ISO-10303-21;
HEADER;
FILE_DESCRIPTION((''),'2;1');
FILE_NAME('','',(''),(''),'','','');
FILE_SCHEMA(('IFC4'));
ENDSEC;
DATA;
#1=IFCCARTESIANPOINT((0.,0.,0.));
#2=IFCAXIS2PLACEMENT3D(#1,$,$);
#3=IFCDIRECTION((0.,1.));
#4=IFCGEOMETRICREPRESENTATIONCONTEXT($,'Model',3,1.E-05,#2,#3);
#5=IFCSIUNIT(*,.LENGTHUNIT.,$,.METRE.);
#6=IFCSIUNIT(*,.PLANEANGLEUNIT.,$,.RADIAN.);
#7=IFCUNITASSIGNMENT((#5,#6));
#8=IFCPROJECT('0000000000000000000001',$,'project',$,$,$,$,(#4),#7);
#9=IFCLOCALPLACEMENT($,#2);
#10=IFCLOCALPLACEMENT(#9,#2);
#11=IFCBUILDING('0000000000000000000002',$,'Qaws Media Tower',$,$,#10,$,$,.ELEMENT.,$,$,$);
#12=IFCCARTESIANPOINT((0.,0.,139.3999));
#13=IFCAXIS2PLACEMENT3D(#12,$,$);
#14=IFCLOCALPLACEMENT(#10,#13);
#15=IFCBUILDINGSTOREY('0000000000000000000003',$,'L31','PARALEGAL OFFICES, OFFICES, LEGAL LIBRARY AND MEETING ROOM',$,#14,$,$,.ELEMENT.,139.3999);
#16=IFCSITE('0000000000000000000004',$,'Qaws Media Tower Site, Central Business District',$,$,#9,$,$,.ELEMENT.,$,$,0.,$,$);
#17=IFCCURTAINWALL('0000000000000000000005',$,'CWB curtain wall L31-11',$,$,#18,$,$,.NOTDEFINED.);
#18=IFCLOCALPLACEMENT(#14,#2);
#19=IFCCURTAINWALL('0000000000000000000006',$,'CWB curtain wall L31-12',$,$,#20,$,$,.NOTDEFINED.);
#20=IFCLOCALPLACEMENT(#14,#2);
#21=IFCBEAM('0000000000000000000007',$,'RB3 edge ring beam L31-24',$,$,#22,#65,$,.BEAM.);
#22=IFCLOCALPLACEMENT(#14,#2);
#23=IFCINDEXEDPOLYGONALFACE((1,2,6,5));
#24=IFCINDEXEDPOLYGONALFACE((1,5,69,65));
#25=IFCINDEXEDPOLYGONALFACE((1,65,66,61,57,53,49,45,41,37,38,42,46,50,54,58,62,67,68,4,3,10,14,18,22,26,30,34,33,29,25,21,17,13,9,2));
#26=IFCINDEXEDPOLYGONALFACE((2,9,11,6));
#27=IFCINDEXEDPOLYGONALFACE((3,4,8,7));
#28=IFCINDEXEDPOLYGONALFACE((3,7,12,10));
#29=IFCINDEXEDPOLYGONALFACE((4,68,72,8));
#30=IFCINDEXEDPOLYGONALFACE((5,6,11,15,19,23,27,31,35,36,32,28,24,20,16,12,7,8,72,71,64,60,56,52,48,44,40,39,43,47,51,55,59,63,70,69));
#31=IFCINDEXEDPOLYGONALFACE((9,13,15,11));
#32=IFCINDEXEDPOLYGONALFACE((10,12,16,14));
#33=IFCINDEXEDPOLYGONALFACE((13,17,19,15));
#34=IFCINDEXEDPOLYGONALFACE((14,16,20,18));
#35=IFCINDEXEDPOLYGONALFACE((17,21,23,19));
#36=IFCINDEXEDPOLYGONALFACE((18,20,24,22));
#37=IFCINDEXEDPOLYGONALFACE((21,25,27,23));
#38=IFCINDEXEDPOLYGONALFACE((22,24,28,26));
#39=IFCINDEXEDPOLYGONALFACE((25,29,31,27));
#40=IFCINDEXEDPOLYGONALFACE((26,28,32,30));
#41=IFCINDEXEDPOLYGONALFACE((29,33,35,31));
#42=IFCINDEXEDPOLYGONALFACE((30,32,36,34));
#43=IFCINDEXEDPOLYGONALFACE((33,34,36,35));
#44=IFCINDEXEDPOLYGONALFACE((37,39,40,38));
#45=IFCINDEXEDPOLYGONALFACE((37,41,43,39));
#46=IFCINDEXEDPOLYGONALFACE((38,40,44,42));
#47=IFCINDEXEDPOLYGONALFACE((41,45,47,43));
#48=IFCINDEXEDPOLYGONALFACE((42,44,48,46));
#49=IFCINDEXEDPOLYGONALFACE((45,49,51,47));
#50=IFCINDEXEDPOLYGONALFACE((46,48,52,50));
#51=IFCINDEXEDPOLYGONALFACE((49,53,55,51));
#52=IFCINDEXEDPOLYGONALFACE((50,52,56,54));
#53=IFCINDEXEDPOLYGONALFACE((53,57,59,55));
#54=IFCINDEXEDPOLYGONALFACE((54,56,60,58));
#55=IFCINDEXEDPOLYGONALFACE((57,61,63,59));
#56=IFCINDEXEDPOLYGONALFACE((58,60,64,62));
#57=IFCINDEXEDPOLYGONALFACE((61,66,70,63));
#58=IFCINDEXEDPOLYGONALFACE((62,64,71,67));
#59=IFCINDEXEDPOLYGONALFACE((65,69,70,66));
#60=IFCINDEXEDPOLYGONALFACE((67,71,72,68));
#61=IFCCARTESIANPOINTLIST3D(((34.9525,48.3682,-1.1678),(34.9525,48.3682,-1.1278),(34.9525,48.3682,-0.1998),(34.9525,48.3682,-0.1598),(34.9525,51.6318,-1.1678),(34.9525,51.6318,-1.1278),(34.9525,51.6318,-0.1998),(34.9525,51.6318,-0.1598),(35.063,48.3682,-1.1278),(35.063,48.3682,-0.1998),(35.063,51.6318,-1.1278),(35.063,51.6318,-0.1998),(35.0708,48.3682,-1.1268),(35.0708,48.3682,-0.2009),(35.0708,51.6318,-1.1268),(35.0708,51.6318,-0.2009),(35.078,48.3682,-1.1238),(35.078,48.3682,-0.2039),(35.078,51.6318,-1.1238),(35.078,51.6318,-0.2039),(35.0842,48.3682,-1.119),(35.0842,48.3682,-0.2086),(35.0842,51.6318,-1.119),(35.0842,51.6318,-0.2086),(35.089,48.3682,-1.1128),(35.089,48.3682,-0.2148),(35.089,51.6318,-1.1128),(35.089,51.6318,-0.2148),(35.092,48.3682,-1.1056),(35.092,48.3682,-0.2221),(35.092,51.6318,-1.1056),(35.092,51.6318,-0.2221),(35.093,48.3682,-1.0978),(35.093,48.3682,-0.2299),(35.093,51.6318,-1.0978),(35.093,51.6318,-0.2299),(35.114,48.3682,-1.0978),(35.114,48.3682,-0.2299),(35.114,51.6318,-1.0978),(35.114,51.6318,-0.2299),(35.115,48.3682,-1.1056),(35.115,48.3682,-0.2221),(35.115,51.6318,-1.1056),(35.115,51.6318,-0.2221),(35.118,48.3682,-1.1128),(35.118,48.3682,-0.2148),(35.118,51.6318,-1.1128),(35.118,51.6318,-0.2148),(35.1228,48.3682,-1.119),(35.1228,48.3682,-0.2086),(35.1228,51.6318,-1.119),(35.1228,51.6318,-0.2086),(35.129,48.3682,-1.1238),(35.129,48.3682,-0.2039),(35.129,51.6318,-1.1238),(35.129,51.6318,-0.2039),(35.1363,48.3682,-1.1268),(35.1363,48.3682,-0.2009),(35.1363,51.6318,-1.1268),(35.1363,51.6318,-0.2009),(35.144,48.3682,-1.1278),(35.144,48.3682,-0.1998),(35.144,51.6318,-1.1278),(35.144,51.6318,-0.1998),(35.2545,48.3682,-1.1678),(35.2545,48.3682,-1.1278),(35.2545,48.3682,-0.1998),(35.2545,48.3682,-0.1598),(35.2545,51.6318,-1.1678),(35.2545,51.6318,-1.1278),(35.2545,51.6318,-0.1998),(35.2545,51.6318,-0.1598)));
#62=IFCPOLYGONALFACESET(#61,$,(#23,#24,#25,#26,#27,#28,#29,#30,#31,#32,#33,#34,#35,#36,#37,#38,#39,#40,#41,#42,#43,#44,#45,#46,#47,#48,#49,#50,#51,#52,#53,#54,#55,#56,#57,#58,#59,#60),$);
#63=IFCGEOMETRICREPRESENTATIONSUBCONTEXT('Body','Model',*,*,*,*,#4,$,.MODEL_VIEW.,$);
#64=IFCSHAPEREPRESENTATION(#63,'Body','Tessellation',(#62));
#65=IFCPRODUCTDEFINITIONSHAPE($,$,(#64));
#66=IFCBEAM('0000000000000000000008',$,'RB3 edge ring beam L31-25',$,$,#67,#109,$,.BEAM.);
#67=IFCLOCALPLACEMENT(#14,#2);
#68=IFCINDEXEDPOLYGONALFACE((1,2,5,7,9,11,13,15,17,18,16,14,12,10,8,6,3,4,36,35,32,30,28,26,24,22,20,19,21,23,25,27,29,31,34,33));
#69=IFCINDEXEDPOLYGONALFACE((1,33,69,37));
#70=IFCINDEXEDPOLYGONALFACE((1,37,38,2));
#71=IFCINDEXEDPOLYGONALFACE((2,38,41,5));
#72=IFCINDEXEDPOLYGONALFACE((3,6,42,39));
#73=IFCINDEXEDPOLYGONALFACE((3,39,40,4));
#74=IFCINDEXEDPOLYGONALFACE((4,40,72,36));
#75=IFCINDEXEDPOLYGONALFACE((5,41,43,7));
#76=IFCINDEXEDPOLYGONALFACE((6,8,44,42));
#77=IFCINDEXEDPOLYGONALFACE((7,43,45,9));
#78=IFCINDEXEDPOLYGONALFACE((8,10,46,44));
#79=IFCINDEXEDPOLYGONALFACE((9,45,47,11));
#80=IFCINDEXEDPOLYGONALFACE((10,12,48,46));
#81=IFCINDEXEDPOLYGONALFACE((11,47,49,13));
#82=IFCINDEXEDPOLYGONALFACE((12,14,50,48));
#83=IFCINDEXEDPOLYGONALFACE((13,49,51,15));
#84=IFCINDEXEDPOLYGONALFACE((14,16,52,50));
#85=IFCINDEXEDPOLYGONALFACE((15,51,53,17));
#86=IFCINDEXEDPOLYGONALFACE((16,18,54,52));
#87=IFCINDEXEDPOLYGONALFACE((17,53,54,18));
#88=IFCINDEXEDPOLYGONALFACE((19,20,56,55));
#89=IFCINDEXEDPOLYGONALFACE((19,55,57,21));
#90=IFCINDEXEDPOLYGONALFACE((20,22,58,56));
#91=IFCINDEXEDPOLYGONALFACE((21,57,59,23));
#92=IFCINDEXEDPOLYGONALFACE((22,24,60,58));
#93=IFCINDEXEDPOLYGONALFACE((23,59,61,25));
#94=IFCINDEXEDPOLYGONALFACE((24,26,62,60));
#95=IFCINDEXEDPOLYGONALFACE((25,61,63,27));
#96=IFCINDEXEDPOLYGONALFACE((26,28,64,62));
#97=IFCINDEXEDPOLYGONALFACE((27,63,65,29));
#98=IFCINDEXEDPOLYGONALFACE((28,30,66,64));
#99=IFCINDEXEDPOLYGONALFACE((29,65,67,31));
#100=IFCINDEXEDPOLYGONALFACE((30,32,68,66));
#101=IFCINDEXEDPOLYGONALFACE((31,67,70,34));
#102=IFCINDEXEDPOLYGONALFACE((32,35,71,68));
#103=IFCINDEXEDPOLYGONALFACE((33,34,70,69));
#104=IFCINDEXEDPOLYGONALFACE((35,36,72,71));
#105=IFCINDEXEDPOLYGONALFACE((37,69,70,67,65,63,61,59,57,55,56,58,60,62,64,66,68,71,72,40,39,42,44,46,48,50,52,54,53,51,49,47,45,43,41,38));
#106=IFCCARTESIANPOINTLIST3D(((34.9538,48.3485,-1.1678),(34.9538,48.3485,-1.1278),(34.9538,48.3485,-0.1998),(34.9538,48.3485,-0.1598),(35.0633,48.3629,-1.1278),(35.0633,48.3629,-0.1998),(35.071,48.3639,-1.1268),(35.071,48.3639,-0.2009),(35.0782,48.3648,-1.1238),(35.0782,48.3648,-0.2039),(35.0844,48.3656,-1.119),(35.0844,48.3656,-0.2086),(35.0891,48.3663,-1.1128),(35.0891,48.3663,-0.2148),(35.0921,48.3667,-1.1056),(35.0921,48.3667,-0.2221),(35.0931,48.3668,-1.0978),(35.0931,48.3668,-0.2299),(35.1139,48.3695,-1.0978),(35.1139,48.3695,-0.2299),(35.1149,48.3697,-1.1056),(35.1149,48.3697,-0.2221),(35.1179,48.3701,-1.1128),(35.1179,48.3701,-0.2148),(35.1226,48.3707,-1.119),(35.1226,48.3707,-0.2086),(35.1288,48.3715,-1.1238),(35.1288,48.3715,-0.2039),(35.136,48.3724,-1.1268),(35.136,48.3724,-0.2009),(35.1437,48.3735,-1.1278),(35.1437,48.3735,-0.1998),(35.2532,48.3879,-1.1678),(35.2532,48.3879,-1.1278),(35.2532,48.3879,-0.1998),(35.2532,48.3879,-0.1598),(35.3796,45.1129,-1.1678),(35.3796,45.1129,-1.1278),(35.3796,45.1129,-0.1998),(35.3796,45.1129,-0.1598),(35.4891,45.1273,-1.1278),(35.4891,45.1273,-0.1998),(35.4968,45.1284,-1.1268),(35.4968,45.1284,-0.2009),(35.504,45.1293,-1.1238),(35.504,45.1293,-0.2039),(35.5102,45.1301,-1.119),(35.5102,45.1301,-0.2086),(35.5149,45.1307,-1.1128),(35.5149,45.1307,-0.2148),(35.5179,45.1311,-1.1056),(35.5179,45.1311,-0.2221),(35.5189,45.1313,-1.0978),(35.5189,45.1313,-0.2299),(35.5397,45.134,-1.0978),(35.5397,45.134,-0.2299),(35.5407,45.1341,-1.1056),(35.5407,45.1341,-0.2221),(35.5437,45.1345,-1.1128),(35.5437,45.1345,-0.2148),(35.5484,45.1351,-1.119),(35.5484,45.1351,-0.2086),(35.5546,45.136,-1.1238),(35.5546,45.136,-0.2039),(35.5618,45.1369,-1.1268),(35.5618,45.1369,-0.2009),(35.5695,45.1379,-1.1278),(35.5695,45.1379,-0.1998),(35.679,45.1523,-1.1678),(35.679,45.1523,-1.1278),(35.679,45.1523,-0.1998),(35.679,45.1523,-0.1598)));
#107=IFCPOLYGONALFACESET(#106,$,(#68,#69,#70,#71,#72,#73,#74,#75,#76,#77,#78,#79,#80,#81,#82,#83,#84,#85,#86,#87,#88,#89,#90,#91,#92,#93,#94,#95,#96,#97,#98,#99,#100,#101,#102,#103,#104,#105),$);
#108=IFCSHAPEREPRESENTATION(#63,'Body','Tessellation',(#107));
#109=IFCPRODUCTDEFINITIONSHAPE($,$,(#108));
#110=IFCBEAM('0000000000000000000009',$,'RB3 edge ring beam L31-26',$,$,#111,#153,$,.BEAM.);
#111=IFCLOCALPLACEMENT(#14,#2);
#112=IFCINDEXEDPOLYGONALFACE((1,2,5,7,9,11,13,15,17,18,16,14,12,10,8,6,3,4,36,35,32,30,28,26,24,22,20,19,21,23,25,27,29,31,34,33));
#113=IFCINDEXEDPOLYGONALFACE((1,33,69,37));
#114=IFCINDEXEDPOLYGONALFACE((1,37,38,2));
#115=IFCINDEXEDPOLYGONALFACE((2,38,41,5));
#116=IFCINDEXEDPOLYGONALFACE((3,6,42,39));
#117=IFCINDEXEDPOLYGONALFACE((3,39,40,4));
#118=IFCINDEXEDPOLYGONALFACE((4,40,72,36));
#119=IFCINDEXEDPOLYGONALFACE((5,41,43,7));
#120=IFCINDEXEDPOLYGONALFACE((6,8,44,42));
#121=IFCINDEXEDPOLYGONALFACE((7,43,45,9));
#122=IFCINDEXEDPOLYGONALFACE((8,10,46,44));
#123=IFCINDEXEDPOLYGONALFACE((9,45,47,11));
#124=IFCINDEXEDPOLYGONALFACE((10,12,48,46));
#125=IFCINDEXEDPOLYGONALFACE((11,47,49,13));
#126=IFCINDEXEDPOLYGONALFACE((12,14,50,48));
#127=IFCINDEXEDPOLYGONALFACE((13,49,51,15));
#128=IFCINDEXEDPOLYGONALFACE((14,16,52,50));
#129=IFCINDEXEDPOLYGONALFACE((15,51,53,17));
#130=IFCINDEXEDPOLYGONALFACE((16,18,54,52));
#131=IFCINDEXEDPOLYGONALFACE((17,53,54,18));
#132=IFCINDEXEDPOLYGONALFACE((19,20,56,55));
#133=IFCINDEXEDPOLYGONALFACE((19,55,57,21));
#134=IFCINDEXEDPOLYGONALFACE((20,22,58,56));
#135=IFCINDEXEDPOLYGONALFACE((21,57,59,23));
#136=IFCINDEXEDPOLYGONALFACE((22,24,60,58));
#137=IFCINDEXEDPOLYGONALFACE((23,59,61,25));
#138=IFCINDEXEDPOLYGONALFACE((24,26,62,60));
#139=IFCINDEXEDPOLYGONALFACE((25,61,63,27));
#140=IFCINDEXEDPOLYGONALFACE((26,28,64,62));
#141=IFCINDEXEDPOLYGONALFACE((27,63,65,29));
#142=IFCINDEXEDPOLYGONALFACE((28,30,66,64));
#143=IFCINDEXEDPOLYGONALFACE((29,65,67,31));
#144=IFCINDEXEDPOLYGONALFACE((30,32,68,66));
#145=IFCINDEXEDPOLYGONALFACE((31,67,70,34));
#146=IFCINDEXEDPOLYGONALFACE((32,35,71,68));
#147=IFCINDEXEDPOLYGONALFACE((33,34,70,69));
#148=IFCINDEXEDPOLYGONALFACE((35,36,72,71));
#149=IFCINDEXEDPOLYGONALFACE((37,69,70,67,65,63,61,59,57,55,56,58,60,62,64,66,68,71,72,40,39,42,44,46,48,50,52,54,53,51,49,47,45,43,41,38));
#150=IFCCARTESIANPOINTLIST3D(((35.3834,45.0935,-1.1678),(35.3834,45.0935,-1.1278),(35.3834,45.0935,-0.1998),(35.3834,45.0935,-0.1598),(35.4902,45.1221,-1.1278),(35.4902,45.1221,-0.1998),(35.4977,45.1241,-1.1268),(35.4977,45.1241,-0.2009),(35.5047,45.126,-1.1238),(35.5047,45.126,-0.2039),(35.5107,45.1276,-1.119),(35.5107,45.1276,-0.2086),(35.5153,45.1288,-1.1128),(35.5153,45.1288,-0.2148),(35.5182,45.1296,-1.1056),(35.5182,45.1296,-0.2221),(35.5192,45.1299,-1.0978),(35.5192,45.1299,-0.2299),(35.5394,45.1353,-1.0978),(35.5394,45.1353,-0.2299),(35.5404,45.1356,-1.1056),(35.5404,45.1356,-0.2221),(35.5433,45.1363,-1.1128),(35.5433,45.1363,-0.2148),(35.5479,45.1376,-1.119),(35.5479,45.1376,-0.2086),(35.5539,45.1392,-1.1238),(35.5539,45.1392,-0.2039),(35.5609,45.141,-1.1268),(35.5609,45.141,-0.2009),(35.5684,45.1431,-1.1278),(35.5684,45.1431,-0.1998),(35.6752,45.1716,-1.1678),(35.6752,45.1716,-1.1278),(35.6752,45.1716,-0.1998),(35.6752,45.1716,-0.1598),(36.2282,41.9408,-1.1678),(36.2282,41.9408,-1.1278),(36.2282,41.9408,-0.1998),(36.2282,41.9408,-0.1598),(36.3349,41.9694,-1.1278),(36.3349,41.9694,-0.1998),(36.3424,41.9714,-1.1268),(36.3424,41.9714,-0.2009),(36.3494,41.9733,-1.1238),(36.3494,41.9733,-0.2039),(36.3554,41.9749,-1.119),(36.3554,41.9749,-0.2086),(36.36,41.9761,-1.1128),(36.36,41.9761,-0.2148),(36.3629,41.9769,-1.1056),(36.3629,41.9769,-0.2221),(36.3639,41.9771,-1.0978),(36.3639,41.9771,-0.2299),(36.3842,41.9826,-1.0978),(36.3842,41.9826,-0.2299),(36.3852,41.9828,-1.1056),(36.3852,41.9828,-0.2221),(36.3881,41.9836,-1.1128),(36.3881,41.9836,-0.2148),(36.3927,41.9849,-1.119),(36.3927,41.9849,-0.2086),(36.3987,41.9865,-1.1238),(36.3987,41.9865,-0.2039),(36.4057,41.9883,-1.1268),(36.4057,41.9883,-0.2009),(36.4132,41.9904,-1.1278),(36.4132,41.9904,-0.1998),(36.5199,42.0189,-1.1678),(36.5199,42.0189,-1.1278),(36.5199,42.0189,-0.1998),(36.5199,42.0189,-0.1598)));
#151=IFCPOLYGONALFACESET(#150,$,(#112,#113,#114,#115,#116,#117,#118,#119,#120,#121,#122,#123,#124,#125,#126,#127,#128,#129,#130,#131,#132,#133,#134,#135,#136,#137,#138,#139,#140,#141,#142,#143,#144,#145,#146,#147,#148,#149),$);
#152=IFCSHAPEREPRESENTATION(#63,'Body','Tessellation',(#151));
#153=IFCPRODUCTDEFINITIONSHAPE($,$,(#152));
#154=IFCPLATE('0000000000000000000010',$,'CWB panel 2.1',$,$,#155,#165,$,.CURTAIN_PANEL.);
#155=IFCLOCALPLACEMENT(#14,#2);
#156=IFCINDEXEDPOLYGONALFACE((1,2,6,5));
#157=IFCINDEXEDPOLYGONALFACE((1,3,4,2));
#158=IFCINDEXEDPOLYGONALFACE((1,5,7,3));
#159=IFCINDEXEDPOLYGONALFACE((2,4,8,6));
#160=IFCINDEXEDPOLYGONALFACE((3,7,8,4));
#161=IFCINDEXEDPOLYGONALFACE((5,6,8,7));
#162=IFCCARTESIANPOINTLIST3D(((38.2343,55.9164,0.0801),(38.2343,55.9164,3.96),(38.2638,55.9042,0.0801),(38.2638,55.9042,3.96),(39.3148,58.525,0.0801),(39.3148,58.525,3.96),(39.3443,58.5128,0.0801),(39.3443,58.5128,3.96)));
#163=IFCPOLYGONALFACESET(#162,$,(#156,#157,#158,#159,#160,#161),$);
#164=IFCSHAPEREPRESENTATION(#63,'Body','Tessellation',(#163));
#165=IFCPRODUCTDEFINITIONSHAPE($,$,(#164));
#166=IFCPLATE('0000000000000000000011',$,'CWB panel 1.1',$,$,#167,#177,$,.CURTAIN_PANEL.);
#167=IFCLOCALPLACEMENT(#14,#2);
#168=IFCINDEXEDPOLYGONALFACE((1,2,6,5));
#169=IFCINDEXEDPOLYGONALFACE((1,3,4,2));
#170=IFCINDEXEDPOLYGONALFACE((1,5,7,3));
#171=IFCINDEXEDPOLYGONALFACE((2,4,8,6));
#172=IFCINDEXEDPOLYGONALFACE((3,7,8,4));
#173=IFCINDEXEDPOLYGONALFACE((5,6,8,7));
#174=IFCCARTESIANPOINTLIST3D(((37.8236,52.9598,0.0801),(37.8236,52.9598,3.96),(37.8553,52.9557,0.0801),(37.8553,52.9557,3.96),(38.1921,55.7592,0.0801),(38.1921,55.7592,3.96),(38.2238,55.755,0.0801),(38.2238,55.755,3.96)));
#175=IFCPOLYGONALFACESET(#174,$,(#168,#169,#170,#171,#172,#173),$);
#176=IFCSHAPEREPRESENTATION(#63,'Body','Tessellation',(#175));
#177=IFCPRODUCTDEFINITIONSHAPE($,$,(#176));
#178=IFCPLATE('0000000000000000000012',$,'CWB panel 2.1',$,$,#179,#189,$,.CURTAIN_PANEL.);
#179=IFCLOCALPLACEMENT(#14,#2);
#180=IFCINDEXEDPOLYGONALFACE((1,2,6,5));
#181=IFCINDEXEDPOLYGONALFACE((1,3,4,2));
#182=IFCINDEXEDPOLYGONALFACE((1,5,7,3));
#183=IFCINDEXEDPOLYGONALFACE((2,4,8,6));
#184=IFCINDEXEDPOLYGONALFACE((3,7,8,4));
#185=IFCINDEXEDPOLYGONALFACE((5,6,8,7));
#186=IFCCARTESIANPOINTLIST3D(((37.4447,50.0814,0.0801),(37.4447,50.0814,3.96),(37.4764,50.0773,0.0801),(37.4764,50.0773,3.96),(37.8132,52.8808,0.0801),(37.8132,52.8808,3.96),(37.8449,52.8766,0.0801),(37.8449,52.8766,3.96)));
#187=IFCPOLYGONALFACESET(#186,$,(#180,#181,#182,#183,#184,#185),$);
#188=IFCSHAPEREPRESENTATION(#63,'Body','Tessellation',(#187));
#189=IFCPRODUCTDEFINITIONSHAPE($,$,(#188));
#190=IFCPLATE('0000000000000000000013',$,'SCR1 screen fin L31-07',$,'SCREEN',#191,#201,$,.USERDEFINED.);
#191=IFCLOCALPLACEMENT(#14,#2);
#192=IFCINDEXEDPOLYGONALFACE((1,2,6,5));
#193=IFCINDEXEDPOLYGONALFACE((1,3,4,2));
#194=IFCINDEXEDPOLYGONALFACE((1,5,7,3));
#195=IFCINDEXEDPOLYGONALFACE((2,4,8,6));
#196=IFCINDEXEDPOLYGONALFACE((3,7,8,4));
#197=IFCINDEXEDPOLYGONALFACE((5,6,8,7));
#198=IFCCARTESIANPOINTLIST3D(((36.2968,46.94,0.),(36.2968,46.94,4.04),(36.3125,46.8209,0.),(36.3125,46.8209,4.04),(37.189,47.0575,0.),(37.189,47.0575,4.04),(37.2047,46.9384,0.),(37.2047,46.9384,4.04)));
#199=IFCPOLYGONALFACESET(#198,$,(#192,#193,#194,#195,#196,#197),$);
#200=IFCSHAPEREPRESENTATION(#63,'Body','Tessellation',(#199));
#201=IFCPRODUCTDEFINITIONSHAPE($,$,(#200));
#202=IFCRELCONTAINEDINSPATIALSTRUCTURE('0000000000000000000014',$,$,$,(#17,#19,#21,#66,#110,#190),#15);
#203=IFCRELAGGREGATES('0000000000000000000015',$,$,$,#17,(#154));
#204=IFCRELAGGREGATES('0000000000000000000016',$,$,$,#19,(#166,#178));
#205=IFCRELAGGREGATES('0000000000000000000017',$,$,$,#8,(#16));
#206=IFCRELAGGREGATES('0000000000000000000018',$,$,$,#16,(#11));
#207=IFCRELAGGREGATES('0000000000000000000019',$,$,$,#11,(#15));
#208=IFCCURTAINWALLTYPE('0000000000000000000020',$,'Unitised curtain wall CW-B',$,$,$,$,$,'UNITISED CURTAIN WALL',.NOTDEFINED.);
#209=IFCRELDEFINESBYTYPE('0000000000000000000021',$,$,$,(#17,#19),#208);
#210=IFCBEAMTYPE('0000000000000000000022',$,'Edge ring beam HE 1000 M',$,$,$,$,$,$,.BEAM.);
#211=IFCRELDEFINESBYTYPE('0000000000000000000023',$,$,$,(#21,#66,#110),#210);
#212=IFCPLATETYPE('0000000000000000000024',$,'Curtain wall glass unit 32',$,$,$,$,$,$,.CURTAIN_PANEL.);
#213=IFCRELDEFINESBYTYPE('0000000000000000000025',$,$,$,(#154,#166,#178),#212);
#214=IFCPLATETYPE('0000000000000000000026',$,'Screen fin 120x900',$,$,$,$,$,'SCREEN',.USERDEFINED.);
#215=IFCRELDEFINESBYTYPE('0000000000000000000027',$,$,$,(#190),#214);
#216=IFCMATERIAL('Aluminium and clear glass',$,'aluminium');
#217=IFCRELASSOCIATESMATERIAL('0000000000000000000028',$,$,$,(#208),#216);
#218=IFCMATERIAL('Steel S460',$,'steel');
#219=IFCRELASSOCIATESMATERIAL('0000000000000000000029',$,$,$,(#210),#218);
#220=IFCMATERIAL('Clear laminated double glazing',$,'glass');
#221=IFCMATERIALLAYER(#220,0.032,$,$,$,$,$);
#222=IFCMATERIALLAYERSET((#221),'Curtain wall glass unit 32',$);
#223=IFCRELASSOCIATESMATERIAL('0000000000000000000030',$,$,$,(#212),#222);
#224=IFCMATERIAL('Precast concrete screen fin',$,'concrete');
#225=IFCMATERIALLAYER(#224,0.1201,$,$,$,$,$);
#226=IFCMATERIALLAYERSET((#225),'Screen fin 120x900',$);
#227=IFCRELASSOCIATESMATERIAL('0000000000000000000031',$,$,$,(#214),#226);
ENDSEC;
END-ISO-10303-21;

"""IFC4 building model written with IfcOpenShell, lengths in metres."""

from ifc_helpers import new_model, si_unit, direction, frame, origin, origin_2d, place, context, subcontext, project, spatial, rectangle, i_section, extrude, material, layer, layer_set, material_profile, profile_set, type_object, element, aggregate, save


model = new_model("IFC4")

# Units and contexts
model_context = context("Model", 3, precision=1e-05, world=origin(), true_north=direction((0.0, 1.0)))
body_context = subcontext(model_context, "Body", "Model", "MODEL_VIEW")
ifc_project = project(units=[si_unit("LENGTHUNIT", "METRE"), si_unit("PLANEANGLEUNIT", "RADIAN")], contexts=[model_context])

# Site, building, storey
site_placement = place(None, origin())
site = spatial("IfcSite", under=ifc_project, at=site_placement, Name="Qaws Media Tower Site, Central Business District", CompositionType="ELEMENT", RefElevation=0.0)
building_placement = place(site_placement, origin())
building = spatial("IfcBuilding", under=site, at=building_placement, Name="Qaws Media Tower", CompositionType="ELEMENT")
storey_placement = place(building_placement, frame((0.0, 0.0, 139.3999)))
storey = spatial("IfcBuildingStorey", under=building, at=storey_placement, Name="L31", Description="PARALEGAL OFFICES, OFFICES, LEGAL LIBRARY AND MEETING ROOM", CompositionType="ELEMENT", Elevation=139.3999)

# Curtain walls
ifc_material_1 = material(Name="Aluminium and clear glass", Category="aluminium")
curtain_wall_type = type_object("IfcCurtainWallType", Name="Unitised curtain wall CW-B", ElementType="UNITISED CURTAIN WALL", PredefinedType="NOTDEFINED", material=ifc_material_1)
curtain_wall_1_placement = place(storey_placement, origin())
curtain_wall_1 = element("IfcCurtainWall", 1, at=curtain_wall_1_placement, inside=storey, type_object=curtain_wall_type, Name="CWB curtain wall L31-11", PredefinedType="NOTDEFINED")
curtain_wall_2_placement = place(storey_placement, origin())
curtain_wall_2 = element("IfcCurtainWall", 2, at=curtain_wall_2_placement, inside=storey, type_object=curtain_wall_type, Name="CWB curtain wall L31-12", PredefinedType="NOTDEFINED")

# Beams
ifc_material_2 = material(Name="Steel S460", Category="steel")
ifc_material_profile_1 = material_profile(ifc_material_2, i_section(OverallWidth=0.302, OverallDepth=1.0081, WebThickness=0.021, FlangeThickness=0.04, FilletRadius=0.03, at=origin_2d()), Name="HE 1000 M")
ifc_profile_set_1 = profile_set([ifc_material_profile_1], Name="Steel S460")
beam_type = type_object("IfcBeamType", Name="Edge ring beam HE 1000 M", PredefinedType="BEAM", material=ifc_profile_set_1)
beam_1_placement = place(storey_placement, frame((35.1035, 51.6318, -0.6638), z_axis=(0.0, -1.0, 0.0), x_axis=(1.0, 0.0, 0.0)))
element("IfcBeam", 3, at=beam_1_placement, inside=storey, type_object=beam_type, Name="RB3 edge ring beam L31-24", PredefinedType="BEAM", context=body_context, shape_type="SweptSolid", body=[
    extrude(i_section(OverallWidth=0.302, OverallDepth=1.0081, WebThickness=0.021, FlangeThickness=0.04, FilletRadius=0.03, at=origin_2d()), origin(), (0.0, 0.0, 1.0), 3.2637),
])
beam_2_placement = place(storey_placement, frame((35.1035, 48.3682, -0.6638), z_axis=(0.130468, -0.991453, 0.0), x_axis=(0.991453, 0.130468, 0.0)))
element("IfcBeam", 4, at=beam_2_placement, inside=storey, type_object=beam_type, Name="RB3 edge ring beam L31-25", PredefinedType="BEAM", context=body_context, shape_type="SweptSolid", body=[
    extrude(i_section(OverallWidth=0.302, OverallDepth=1.0081, WebThickness=0.021, FlangeThickness=0.04, FilletRadius=0.03, at=origin_2d()), origin(), (0.0, 0.0, 1.0), 3.2634),
])
beam_3_placement = place(storey_placement, frame((35.5293, 45.1326, -0.6638), z_axis=(0.258817, -0.965926, 0.0), x_axis=(0.965926, 0.258817, 0.0)))
element("IfcBeam", 5, at=beam_3_placement, inside=storey, type_object=beam_type, Name="RB3 edge ring beam L31-26", PredefinedType="BEAM", context=body_context, shape_type="SweptSolid", body=[
    extrude(i_section(OverallWidth=0.302, OverallDepth=1.0081, WebThickness=0.021, FlangeThickness=0.04, FilletRadius=0.03, at=origin_2d()), origin(), (0.0, 0.0, 1.0), 3.2639),
])

# Plates
ifc_material_3 = material(Name="Clear laminated double glazing", Category="glass")
ifc_layer_1 = layer(ifc_material_3, 0.032)
ifc_layer_set_1 = layer_set([ifc_layer_1], Name="Curtain wall glass unit 32")
plate_type_1 = type_object("IfcPlateType", Name="Curtain wall glass unit 32", PredefinedType="CURTAIN_PANEL", material=ifc_layer_set_1)
plate_1_placement = place(storey_placement, frame((38.7893, 57.2146, 0.0801), z_axis=(0.0, 0.0, 1.0), x_axis=(-0.382683, -0.92388, 0.0)))
plate_1 = element("IfcPlate", 6, at=plate_1_placement, type_object=plate_type_1, Name="CWB panel 2.1", PredefinedType="CURTAIN_PANEL", context=body_context, shape_type="SweptSolid", body=[
    extrude(rectangle(XDim=2.8235, YDim=0.032, at=origin_2d()), origin(), (0.0, 0.0, 1.0), 3.8799),
])
aggregate(curtain_wall_1, [plate_1])
plate_2_placement = place(storey_placement, frame((38.0237, 54.3574, 0.0801), z_axis=(0.0, 0.0, 1.0), x_axis=(-0.130526, -0.991445, 0.0)))
plate_2 = element("IfcPlate", 7, at=plate_2_placement, type_object=plate_type_1, Name="CWB panel 1.1", PredefinedType="CURTAIN_PANEL", context=body_context, shape_type="SweptSolid", body=[
    extrude(rectangle(XDim=2.8235, YDim=0.032, at=origin_2d()), origin(), (0.0, 0.0, 1.0), 3.8799),
])
plate_3_placement = place(storey_placement, frame((37.6448, 51.479, 0.0801), z_axis=(0.0, 0.0, 1.0), x_axis=(-0.130526, -0.991445, 0.0)))
plate_3 = element("IfcPlate", 8, at=plate_3_placement, type_object=plate_type_1, Name="CWB panel 2.1", PredefinedType="CURTAIN_PANEL", context=body_context, shape_type="SweptSolid", body=[
    extrude(rectangle(XDim=2.8235, YDim=0.032, at=origin_2d()), origin(), (0.0, 0.0, 1.0), 3.8799),
])
aggregate(curtain_wall_2, [plate_2, plate_3])
ifc_material_4 = material(Name="Precast concrete screen fin", Category="concrete")
ifc_layer_2 = layer(ifc_material_4, 0.1201)
ifc_layer_set_2 = layer_set([ifc_layer_2], Name="Screen fin 120x900")
plate_type_2 = type_object("IfcPlateType", Name="Screen fin 120x900", ElementType="SCREEN", PredefinedType="USERDEFINED", material=ifc_layer_set_2)
plate_4_placement = place(storey_placement, frame((36.7507, 46.9392, 0.0), z_axis=(0.0, 0.0, 1.0), x_axis=(-0.991445, -0.130526, 0.0)))
element("IfcPlate", 9, at=plate_4_placement, inside=storey, type_object=plate_type_2, Name="SCR1 screen fin L31-07", ObjectType="SCREEN", PredefinedType="USERDEFINED", context=body_context, shape_type="SweptSolid", body=[
    extrude(rectangle(XDim=0.8999, YDim=0.1201, at=origin_2d()), origin(), (0.0, 0.0, 1.0), 4.04),
])

save(model, "model.ifc")
